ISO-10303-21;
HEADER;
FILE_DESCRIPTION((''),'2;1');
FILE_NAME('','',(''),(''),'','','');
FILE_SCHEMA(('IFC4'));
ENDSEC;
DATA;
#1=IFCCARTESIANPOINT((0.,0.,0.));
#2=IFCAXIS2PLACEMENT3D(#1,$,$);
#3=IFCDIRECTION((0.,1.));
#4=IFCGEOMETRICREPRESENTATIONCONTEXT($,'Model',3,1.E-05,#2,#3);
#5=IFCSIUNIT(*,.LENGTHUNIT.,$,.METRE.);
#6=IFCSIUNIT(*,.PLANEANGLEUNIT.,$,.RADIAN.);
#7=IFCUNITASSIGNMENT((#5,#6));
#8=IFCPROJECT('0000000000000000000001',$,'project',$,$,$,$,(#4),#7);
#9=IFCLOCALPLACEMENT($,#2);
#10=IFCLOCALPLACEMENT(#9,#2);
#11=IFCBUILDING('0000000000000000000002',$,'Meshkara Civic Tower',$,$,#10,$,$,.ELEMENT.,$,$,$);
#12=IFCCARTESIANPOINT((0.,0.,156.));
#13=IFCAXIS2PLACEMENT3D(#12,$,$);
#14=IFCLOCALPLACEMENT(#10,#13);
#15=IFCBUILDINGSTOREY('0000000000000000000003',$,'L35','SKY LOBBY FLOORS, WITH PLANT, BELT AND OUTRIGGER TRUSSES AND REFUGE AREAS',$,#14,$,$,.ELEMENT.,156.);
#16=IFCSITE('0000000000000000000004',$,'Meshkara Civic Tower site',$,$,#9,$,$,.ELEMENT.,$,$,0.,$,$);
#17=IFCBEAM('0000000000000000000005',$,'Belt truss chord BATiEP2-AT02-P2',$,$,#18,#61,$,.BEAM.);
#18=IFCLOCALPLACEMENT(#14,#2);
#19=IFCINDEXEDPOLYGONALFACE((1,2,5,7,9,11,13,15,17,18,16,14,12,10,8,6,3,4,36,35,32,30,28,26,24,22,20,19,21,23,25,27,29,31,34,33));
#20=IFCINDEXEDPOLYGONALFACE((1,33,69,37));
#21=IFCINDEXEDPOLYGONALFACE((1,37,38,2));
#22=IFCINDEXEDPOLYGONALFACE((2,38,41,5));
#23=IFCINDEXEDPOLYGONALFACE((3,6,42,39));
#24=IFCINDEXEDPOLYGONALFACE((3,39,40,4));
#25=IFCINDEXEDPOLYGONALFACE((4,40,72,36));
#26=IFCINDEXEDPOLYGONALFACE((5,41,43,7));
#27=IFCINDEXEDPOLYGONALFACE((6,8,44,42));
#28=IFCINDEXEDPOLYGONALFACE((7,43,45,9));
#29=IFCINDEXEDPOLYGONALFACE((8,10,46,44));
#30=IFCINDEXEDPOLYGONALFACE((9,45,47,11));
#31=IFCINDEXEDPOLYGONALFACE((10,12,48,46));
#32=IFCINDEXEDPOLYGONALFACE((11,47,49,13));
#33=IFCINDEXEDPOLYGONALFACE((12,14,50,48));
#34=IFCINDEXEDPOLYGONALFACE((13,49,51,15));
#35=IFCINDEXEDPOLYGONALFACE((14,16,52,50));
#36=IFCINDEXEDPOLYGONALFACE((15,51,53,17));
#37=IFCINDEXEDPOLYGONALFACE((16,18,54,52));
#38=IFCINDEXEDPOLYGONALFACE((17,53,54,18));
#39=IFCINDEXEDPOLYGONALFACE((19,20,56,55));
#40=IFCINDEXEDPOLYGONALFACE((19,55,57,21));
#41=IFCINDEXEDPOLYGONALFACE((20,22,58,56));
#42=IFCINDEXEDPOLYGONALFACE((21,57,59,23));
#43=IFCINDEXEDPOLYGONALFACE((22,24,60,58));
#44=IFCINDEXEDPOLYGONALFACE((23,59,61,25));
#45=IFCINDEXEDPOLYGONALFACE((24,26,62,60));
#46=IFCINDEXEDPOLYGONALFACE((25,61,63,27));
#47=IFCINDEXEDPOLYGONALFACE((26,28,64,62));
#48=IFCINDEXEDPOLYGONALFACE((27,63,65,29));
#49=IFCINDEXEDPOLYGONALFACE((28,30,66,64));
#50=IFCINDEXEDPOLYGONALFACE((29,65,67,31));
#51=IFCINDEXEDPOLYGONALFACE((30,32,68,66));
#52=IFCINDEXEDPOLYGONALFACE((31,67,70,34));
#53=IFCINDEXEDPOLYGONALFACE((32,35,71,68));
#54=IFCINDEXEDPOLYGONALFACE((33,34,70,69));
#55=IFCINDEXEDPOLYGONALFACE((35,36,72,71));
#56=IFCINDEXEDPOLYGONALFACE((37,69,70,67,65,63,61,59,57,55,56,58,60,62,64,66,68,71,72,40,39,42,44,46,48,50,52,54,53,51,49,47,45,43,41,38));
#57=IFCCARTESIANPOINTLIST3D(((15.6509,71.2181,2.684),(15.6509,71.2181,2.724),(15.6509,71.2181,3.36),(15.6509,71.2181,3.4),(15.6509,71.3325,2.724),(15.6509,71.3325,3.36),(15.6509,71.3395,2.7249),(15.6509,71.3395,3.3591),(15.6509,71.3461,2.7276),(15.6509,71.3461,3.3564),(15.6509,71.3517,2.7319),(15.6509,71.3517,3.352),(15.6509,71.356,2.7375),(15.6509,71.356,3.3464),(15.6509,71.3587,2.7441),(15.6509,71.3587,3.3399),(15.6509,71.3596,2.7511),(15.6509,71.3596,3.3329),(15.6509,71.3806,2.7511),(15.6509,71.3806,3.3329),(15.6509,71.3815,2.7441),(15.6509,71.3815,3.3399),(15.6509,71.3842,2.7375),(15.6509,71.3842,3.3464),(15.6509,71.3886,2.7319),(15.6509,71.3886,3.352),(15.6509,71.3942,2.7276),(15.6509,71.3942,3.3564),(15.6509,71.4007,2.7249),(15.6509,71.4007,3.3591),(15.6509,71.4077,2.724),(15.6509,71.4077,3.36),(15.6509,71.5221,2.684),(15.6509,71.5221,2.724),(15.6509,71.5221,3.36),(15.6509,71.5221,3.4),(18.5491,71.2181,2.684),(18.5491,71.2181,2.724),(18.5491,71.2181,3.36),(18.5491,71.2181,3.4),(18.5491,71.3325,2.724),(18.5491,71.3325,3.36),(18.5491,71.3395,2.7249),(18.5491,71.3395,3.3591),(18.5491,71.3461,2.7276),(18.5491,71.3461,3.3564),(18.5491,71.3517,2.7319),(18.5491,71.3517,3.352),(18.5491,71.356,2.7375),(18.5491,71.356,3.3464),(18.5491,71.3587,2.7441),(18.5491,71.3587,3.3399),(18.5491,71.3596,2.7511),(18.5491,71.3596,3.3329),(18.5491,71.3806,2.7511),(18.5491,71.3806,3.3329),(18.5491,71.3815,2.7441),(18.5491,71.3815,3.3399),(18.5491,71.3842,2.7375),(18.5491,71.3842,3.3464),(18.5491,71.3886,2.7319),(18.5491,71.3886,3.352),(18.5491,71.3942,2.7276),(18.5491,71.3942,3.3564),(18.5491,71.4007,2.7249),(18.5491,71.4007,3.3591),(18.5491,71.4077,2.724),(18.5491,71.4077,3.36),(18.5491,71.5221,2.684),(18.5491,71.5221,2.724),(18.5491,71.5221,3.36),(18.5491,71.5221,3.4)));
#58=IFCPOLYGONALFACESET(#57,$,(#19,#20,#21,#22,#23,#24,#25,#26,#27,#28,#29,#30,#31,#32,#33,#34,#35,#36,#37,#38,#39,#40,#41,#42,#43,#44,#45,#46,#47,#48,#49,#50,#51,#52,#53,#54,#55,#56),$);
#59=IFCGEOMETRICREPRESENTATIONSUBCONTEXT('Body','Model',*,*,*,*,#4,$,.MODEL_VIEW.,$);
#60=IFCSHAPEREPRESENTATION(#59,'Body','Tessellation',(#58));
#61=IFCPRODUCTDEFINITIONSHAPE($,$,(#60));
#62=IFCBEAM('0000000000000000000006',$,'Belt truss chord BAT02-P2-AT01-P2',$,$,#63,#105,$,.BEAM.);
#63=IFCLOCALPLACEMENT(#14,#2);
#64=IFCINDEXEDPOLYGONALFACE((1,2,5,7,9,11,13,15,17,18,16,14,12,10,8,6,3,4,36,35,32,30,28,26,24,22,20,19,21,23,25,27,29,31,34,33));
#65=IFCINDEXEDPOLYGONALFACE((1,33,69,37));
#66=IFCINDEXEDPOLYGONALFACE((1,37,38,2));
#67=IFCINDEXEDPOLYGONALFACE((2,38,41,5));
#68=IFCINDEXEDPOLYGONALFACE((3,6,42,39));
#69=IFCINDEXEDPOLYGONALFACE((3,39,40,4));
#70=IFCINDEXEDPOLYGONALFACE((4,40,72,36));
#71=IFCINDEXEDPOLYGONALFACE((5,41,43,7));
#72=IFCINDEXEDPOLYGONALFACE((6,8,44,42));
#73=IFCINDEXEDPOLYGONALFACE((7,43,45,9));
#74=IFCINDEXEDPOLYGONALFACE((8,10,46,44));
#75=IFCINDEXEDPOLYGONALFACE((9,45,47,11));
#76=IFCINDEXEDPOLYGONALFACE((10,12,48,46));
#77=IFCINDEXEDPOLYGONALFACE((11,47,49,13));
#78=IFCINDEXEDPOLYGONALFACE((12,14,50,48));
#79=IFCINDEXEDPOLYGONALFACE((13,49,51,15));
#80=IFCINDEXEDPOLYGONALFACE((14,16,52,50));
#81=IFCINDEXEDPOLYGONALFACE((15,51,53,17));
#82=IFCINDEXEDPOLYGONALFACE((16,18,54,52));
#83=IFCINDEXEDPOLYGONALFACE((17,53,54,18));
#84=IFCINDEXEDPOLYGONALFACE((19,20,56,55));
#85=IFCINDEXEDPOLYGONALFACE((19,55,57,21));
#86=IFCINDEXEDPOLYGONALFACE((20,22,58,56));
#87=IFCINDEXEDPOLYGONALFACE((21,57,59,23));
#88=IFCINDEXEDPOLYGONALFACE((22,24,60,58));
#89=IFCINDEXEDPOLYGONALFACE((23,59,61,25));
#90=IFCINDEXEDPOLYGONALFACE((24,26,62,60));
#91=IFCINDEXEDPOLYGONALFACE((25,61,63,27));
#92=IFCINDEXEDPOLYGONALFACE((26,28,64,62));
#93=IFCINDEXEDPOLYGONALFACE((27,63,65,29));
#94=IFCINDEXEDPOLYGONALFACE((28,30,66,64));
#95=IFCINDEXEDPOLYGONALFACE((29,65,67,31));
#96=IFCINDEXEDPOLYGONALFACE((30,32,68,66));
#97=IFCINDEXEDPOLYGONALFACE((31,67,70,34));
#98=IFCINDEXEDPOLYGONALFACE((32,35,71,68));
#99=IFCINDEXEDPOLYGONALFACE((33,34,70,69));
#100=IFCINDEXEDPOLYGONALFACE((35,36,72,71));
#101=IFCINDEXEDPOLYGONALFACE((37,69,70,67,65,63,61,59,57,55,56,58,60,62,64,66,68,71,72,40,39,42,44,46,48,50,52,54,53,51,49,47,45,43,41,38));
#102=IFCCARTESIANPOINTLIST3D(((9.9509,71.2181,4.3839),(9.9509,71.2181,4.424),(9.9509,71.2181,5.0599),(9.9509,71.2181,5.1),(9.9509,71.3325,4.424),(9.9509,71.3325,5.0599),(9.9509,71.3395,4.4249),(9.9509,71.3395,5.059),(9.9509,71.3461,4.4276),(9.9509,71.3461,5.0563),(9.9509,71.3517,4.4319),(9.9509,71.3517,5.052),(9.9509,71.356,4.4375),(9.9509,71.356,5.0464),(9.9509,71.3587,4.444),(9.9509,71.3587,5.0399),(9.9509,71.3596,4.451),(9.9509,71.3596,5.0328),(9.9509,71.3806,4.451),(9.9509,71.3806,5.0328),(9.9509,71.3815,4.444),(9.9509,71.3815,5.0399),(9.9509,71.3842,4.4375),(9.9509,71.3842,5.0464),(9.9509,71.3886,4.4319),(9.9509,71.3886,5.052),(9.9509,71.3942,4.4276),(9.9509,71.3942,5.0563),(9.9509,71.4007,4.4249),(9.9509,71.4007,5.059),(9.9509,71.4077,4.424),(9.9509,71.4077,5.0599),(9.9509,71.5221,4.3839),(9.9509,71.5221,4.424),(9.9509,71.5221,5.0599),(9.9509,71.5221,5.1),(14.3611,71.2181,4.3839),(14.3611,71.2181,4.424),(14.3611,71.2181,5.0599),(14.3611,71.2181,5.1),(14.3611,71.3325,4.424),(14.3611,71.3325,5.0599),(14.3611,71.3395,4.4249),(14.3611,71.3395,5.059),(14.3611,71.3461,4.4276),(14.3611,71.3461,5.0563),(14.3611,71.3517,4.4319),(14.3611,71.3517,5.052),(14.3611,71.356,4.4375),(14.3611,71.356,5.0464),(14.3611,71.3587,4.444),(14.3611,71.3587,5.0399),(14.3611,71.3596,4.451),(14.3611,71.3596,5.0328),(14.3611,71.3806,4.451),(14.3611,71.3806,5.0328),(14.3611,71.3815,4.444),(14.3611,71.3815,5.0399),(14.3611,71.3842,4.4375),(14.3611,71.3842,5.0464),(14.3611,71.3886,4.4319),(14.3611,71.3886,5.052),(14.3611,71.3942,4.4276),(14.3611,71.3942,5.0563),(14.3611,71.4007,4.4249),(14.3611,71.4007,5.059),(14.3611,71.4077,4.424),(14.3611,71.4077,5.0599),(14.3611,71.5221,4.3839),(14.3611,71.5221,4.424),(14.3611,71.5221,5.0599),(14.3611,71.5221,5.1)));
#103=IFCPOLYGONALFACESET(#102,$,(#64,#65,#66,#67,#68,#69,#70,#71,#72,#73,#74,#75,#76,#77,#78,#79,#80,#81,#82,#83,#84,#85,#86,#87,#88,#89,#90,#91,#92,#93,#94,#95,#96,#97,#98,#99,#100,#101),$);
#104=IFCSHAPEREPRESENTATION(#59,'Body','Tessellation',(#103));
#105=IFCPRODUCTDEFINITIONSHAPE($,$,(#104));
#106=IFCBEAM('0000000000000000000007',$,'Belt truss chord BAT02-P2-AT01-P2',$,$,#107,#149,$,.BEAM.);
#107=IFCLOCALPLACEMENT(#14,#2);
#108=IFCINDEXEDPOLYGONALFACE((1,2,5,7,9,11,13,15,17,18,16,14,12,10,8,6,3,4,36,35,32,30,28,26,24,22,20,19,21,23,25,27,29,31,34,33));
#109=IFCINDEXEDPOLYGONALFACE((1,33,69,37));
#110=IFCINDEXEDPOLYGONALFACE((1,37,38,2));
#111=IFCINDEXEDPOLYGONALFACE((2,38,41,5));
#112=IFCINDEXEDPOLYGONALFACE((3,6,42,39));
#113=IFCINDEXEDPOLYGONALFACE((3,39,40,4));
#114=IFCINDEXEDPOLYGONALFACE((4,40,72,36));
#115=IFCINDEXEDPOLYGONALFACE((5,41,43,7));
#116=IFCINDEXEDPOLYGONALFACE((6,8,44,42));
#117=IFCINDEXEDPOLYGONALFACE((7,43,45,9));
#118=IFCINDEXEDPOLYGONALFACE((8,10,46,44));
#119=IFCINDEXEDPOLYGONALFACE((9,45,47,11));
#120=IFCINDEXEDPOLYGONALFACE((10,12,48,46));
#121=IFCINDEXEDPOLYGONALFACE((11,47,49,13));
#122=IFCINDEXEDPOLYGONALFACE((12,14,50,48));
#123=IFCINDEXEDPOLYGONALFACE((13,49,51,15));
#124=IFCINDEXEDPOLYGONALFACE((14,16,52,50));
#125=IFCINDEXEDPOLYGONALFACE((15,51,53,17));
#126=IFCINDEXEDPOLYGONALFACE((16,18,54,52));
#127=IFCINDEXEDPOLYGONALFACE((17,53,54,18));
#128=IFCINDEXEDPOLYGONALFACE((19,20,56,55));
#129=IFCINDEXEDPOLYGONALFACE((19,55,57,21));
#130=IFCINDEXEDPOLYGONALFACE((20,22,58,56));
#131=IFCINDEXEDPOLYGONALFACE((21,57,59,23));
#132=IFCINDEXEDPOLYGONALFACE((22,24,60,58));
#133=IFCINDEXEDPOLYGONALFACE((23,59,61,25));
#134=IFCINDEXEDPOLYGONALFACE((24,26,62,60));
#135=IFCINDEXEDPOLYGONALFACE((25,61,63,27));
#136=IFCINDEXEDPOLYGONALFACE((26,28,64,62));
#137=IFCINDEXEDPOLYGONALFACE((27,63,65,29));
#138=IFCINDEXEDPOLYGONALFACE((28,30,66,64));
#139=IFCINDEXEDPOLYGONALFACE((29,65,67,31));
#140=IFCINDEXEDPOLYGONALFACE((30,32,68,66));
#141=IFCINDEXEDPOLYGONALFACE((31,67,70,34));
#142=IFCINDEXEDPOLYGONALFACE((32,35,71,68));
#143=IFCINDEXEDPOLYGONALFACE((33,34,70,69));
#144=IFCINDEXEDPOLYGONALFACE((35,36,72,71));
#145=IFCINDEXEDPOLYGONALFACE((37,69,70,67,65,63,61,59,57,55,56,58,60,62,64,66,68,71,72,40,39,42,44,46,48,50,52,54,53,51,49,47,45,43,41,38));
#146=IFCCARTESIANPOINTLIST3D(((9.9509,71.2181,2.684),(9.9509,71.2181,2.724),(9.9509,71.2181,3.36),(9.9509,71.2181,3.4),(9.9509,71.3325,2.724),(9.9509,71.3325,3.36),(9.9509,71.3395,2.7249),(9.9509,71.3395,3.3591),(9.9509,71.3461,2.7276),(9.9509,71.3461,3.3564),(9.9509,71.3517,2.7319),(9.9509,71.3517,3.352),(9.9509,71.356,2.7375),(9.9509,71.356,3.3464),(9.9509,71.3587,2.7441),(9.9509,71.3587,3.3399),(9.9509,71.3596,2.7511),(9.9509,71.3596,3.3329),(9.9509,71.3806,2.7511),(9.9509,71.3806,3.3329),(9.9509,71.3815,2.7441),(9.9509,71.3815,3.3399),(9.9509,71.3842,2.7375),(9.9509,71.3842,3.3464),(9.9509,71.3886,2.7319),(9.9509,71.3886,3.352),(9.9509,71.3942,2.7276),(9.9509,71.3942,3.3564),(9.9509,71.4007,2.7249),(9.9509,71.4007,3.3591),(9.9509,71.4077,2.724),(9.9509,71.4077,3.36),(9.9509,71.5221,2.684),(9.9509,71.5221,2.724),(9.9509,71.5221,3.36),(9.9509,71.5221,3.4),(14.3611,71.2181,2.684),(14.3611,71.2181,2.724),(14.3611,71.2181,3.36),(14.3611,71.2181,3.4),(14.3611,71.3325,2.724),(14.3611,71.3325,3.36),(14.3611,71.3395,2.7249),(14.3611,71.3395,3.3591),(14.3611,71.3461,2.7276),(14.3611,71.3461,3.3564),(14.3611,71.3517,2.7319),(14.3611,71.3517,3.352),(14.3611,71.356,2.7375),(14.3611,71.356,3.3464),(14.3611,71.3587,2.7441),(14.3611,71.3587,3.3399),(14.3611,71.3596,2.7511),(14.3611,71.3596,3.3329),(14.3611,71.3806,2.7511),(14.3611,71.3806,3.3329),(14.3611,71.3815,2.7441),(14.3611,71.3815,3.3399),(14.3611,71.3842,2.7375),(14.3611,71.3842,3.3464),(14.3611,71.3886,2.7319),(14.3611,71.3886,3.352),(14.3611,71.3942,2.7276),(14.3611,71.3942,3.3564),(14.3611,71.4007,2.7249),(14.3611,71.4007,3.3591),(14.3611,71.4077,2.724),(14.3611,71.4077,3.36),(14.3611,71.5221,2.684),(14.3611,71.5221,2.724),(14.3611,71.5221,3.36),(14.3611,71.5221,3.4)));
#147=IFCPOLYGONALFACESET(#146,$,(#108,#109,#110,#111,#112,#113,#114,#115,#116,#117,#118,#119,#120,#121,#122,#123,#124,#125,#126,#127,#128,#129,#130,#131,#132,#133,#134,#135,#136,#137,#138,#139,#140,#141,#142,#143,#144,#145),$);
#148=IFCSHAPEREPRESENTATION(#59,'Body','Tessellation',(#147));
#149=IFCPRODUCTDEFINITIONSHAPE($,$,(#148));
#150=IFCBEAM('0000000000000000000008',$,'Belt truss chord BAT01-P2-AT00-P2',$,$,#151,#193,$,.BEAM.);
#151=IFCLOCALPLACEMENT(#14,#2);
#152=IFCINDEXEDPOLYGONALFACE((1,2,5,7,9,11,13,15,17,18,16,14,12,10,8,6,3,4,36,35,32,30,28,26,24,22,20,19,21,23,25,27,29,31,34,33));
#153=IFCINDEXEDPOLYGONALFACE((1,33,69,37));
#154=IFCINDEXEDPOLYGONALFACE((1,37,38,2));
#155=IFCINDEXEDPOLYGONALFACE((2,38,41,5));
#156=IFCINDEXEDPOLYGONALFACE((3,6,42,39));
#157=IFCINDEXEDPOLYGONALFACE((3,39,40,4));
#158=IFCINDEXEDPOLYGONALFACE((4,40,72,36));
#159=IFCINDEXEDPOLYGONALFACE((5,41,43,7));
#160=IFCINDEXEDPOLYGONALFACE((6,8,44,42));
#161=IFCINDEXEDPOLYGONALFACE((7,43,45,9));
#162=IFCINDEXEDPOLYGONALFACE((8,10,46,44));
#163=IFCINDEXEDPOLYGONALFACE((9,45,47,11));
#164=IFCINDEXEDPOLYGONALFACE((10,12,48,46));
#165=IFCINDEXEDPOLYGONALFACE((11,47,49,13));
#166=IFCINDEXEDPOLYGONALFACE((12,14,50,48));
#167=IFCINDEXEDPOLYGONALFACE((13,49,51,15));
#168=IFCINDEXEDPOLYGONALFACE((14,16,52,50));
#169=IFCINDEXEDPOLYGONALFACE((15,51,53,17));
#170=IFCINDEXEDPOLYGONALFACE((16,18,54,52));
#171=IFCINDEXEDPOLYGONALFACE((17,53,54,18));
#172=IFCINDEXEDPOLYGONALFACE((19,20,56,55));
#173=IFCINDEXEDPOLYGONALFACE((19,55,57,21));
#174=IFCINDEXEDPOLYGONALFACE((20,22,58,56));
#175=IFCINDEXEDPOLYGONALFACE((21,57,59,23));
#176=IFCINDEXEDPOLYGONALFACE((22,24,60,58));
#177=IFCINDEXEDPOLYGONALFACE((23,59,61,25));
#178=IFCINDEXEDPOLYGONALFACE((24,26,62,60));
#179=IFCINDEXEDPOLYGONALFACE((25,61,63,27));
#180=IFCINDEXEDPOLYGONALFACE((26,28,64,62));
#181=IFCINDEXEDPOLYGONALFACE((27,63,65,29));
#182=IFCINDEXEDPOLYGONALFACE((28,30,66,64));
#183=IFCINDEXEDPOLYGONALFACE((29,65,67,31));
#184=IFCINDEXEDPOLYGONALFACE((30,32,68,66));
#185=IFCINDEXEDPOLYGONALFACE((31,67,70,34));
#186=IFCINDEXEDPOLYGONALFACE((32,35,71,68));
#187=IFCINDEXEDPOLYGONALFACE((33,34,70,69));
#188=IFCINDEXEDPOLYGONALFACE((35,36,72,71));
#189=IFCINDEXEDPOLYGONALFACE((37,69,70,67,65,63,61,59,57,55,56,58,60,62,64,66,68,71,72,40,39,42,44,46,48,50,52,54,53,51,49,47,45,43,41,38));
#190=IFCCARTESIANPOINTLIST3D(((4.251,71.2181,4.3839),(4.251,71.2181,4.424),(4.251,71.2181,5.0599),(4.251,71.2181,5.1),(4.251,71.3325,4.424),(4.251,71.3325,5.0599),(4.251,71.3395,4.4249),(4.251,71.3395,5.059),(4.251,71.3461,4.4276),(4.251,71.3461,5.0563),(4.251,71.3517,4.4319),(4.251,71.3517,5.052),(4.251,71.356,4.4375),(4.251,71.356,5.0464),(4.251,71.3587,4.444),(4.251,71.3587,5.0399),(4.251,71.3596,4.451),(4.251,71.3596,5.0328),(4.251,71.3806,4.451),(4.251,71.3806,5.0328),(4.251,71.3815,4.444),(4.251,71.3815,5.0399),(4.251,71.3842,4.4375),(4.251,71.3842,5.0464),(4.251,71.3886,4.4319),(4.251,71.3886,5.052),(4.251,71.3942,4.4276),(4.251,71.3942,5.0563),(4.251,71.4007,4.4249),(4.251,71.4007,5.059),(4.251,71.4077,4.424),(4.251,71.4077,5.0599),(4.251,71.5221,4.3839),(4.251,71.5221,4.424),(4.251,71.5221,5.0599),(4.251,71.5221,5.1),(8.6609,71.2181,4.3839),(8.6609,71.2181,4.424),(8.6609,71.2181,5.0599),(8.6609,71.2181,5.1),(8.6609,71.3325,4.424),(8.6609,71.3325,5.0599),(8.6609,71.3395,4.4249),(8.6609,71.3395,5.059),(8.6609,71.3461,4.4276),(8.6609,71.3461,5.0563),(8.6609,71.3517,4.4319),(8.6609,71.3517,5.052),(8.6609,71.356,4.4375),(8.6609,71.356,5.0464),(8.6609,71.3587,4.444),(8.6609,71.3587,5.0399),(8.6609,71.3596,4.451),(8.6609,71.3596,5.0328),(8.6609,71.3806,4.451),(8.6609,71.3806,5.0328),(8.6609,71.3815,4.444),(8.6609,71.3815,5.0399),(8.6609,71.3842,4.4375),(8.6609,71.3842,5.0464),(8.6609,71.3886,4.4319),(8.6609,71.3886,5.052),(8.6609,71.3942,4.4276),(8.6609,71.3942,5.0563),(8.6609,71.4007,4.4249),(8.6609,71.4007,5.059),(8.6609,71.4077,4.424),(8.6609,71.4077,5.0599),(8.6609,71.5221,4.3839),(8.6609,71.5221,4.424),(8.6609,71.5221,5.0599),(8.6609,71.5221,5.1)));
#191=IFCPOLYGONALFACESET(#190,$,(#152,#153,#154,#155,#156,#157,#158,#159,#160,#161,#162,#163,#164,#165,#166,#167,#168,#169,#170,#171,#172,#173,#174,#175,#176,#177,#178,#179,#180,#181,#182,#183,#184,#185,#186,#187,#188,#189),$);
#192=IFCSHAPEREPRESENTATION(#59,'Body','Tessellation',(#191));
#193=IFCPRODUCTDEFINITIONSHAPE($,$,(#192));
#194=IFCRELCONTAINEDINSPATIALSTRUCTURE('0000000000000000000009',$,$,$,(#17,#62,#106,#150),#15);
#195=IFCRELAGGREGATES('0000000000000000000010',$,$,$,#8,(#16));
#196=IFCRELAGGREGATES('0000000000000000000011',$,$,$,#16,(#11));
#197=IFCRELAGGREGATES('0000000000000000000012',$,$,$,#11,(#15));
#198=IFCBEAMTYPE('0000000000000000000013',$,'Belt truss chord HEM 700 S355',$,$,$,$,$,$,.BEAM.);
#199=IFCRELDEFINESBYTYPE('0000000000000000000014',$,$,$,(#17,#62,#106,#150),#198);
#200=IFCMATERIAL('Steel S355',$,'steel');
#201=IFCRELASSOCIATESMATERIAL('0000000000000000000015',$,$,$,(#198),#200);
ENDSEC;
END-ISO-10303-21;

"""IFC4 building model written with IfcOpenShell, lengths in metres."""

from ifc_helpers import new_model, si_unit, direction, frame, origin, origin_2d, place, context, subcontext, project, spatial, i_section, extrude, material, material_profile, profile_set, type_object, element, save


model = new_model("IFC4")

# Units and contexts
model_context = context("Model", 3, precision=1e-05, world=origin(), true_north=direction((0.0, 1.0)))
body_context = subcontext(model_context, "Body", "Model", "MODEL_VIEW")
ifc_project = project(units=[si_unit("LENGTHUNIT", "METRE"), si_unit("PLANEANGLEUNIT", "RADIAN")], contexts=[model_context])

# Site, building, storey
site_placement = place(None, origin())
site = spatial("IfcSite", under=ifc_project, at=site_placement, Name="Meshkara Civic Tower site", CompositionType="ELEMENT", RefElevation=0.0)
building_placement = place(site_placement, origin())
building = spatial("IfcBuilding", under=site, at=building_placement, Name="Meshkara Civic Tower", CompositionType="ELEMENT")
storey_placement = place(building_placement, frame((0.0, 0.0, 156.0)))
storey = spatial("IfcBuildingStorey", under=building, at=storey_placement, Name="L35", Description="SKY LOBBY FLOORS, WITH PLANT, BELT AND OUTRIGGER TRUSSES AND REFUGE AREAS", CompositionType="ELEMENT", Elevation=156.0)

# Beams
ifc_material_1 = material(Name="Steel S355", Category="steel")
ifc_material_profile_1 = material_profile(ifc_material_1, i_section(OverallWidth=0.304, OverallDepth=0.7161, WebThickness=0.021, FlangeThickness=0.04, FilletRadius=0.0271, at=origin_2d()))
ifc_profile_set_1 = profile_set([ifc_material_profile_1], Name="Steel S355")
beam_type = type_object("IfcBeamType", Name="Belt truss chord HEM 700 S355", PredefinedType="BEAM", material=ifc_profile_set_1)
for number, where, z_axis, x_axis, name in (
    (1, (18.5491, 71.3701, 3.042), (-1.0, 0.0, 0.0), (0.0, -1.0, 0.0), "Belt truss chord BATiEP2-AT02-P2"),
):
    element("IfcBeam", number, at=place(storey_placement, frame(where, z_axis=z_axis, x_axis=x_axis)), inside=storey, type_object=beam_type, Name=name, PredefinedType="BEAM", context=body_context, shape_type="SweptSolid", body=[
        extrude(i_section(OverallWidth=0.304, OverallDepth=0.7161, WebThickness=0.021, FlangeThickness=0.04, FilletRadius=0.0271, at=origin_2d()), origin(), (0.0, 0.0, 1.0), 2.8982),
    ])
for number, where, z_axis, x_axis, name in (
    (2, (14.3611, 71.3701, 4.7419), (-1.0, 0.0, 0.0), (0.0, -1.0, 0.0), "Belt truss chord BAT02-P2-AT01-P2"),
    (3, (14.3611, 71.3701, 3.042), (-1.0, 0.0, 0.0), (0.0, -1.0, 0.0), "Belt truss chord BAT02-P2-AT01-P2"),
):
    element("IfcBeam", number, at=place(storey_placement, frame(where, z_axis=z_axis, x_axis=x_axis)), inside=storey, type_object=beam_type, Name=name, PredefinedType="BEAM", context=body_context, shape_type="SweptSolid", body=[
        extrude(i_section(OverallWidth=0.304, OverallDepth=0.7161, WebThickness=0.021, FlangeThickness=0.04, FilletRadius=0.0271, at=origin_2d()), origin(), (0.0, 0.0, 1.0), 4.4102),
    ])
for number, where, z_axis, x_axis, name in (
    (4, (8.6609, 71.3701, 4.7419), (-1.0, 0.0, 0.0), (0.0, -1.0, 0.0), "Belt truss chord BAT01-P2-AT00-P2"),
):
    element("IfcBeam", number, at=place(storey_placement, frame(where, z_axis=z_axis, x_axis=x_axis)), inside=storey, type_object=beam_type, Name=name, PredefinedType="BEAM", context=body_context, shape_type="SweptSolid", body=[
        extrude(i_section(OverallWidth=0.304, OverallDepth=0.7161, WebThickness=0.021, FlangeThickness=0.04, FilletRadius=0.0271, at=origin_2d()), origin(), (0.0, 0.0, 1.0), 4.4099),
    ])

save(model, "model.ifc")
